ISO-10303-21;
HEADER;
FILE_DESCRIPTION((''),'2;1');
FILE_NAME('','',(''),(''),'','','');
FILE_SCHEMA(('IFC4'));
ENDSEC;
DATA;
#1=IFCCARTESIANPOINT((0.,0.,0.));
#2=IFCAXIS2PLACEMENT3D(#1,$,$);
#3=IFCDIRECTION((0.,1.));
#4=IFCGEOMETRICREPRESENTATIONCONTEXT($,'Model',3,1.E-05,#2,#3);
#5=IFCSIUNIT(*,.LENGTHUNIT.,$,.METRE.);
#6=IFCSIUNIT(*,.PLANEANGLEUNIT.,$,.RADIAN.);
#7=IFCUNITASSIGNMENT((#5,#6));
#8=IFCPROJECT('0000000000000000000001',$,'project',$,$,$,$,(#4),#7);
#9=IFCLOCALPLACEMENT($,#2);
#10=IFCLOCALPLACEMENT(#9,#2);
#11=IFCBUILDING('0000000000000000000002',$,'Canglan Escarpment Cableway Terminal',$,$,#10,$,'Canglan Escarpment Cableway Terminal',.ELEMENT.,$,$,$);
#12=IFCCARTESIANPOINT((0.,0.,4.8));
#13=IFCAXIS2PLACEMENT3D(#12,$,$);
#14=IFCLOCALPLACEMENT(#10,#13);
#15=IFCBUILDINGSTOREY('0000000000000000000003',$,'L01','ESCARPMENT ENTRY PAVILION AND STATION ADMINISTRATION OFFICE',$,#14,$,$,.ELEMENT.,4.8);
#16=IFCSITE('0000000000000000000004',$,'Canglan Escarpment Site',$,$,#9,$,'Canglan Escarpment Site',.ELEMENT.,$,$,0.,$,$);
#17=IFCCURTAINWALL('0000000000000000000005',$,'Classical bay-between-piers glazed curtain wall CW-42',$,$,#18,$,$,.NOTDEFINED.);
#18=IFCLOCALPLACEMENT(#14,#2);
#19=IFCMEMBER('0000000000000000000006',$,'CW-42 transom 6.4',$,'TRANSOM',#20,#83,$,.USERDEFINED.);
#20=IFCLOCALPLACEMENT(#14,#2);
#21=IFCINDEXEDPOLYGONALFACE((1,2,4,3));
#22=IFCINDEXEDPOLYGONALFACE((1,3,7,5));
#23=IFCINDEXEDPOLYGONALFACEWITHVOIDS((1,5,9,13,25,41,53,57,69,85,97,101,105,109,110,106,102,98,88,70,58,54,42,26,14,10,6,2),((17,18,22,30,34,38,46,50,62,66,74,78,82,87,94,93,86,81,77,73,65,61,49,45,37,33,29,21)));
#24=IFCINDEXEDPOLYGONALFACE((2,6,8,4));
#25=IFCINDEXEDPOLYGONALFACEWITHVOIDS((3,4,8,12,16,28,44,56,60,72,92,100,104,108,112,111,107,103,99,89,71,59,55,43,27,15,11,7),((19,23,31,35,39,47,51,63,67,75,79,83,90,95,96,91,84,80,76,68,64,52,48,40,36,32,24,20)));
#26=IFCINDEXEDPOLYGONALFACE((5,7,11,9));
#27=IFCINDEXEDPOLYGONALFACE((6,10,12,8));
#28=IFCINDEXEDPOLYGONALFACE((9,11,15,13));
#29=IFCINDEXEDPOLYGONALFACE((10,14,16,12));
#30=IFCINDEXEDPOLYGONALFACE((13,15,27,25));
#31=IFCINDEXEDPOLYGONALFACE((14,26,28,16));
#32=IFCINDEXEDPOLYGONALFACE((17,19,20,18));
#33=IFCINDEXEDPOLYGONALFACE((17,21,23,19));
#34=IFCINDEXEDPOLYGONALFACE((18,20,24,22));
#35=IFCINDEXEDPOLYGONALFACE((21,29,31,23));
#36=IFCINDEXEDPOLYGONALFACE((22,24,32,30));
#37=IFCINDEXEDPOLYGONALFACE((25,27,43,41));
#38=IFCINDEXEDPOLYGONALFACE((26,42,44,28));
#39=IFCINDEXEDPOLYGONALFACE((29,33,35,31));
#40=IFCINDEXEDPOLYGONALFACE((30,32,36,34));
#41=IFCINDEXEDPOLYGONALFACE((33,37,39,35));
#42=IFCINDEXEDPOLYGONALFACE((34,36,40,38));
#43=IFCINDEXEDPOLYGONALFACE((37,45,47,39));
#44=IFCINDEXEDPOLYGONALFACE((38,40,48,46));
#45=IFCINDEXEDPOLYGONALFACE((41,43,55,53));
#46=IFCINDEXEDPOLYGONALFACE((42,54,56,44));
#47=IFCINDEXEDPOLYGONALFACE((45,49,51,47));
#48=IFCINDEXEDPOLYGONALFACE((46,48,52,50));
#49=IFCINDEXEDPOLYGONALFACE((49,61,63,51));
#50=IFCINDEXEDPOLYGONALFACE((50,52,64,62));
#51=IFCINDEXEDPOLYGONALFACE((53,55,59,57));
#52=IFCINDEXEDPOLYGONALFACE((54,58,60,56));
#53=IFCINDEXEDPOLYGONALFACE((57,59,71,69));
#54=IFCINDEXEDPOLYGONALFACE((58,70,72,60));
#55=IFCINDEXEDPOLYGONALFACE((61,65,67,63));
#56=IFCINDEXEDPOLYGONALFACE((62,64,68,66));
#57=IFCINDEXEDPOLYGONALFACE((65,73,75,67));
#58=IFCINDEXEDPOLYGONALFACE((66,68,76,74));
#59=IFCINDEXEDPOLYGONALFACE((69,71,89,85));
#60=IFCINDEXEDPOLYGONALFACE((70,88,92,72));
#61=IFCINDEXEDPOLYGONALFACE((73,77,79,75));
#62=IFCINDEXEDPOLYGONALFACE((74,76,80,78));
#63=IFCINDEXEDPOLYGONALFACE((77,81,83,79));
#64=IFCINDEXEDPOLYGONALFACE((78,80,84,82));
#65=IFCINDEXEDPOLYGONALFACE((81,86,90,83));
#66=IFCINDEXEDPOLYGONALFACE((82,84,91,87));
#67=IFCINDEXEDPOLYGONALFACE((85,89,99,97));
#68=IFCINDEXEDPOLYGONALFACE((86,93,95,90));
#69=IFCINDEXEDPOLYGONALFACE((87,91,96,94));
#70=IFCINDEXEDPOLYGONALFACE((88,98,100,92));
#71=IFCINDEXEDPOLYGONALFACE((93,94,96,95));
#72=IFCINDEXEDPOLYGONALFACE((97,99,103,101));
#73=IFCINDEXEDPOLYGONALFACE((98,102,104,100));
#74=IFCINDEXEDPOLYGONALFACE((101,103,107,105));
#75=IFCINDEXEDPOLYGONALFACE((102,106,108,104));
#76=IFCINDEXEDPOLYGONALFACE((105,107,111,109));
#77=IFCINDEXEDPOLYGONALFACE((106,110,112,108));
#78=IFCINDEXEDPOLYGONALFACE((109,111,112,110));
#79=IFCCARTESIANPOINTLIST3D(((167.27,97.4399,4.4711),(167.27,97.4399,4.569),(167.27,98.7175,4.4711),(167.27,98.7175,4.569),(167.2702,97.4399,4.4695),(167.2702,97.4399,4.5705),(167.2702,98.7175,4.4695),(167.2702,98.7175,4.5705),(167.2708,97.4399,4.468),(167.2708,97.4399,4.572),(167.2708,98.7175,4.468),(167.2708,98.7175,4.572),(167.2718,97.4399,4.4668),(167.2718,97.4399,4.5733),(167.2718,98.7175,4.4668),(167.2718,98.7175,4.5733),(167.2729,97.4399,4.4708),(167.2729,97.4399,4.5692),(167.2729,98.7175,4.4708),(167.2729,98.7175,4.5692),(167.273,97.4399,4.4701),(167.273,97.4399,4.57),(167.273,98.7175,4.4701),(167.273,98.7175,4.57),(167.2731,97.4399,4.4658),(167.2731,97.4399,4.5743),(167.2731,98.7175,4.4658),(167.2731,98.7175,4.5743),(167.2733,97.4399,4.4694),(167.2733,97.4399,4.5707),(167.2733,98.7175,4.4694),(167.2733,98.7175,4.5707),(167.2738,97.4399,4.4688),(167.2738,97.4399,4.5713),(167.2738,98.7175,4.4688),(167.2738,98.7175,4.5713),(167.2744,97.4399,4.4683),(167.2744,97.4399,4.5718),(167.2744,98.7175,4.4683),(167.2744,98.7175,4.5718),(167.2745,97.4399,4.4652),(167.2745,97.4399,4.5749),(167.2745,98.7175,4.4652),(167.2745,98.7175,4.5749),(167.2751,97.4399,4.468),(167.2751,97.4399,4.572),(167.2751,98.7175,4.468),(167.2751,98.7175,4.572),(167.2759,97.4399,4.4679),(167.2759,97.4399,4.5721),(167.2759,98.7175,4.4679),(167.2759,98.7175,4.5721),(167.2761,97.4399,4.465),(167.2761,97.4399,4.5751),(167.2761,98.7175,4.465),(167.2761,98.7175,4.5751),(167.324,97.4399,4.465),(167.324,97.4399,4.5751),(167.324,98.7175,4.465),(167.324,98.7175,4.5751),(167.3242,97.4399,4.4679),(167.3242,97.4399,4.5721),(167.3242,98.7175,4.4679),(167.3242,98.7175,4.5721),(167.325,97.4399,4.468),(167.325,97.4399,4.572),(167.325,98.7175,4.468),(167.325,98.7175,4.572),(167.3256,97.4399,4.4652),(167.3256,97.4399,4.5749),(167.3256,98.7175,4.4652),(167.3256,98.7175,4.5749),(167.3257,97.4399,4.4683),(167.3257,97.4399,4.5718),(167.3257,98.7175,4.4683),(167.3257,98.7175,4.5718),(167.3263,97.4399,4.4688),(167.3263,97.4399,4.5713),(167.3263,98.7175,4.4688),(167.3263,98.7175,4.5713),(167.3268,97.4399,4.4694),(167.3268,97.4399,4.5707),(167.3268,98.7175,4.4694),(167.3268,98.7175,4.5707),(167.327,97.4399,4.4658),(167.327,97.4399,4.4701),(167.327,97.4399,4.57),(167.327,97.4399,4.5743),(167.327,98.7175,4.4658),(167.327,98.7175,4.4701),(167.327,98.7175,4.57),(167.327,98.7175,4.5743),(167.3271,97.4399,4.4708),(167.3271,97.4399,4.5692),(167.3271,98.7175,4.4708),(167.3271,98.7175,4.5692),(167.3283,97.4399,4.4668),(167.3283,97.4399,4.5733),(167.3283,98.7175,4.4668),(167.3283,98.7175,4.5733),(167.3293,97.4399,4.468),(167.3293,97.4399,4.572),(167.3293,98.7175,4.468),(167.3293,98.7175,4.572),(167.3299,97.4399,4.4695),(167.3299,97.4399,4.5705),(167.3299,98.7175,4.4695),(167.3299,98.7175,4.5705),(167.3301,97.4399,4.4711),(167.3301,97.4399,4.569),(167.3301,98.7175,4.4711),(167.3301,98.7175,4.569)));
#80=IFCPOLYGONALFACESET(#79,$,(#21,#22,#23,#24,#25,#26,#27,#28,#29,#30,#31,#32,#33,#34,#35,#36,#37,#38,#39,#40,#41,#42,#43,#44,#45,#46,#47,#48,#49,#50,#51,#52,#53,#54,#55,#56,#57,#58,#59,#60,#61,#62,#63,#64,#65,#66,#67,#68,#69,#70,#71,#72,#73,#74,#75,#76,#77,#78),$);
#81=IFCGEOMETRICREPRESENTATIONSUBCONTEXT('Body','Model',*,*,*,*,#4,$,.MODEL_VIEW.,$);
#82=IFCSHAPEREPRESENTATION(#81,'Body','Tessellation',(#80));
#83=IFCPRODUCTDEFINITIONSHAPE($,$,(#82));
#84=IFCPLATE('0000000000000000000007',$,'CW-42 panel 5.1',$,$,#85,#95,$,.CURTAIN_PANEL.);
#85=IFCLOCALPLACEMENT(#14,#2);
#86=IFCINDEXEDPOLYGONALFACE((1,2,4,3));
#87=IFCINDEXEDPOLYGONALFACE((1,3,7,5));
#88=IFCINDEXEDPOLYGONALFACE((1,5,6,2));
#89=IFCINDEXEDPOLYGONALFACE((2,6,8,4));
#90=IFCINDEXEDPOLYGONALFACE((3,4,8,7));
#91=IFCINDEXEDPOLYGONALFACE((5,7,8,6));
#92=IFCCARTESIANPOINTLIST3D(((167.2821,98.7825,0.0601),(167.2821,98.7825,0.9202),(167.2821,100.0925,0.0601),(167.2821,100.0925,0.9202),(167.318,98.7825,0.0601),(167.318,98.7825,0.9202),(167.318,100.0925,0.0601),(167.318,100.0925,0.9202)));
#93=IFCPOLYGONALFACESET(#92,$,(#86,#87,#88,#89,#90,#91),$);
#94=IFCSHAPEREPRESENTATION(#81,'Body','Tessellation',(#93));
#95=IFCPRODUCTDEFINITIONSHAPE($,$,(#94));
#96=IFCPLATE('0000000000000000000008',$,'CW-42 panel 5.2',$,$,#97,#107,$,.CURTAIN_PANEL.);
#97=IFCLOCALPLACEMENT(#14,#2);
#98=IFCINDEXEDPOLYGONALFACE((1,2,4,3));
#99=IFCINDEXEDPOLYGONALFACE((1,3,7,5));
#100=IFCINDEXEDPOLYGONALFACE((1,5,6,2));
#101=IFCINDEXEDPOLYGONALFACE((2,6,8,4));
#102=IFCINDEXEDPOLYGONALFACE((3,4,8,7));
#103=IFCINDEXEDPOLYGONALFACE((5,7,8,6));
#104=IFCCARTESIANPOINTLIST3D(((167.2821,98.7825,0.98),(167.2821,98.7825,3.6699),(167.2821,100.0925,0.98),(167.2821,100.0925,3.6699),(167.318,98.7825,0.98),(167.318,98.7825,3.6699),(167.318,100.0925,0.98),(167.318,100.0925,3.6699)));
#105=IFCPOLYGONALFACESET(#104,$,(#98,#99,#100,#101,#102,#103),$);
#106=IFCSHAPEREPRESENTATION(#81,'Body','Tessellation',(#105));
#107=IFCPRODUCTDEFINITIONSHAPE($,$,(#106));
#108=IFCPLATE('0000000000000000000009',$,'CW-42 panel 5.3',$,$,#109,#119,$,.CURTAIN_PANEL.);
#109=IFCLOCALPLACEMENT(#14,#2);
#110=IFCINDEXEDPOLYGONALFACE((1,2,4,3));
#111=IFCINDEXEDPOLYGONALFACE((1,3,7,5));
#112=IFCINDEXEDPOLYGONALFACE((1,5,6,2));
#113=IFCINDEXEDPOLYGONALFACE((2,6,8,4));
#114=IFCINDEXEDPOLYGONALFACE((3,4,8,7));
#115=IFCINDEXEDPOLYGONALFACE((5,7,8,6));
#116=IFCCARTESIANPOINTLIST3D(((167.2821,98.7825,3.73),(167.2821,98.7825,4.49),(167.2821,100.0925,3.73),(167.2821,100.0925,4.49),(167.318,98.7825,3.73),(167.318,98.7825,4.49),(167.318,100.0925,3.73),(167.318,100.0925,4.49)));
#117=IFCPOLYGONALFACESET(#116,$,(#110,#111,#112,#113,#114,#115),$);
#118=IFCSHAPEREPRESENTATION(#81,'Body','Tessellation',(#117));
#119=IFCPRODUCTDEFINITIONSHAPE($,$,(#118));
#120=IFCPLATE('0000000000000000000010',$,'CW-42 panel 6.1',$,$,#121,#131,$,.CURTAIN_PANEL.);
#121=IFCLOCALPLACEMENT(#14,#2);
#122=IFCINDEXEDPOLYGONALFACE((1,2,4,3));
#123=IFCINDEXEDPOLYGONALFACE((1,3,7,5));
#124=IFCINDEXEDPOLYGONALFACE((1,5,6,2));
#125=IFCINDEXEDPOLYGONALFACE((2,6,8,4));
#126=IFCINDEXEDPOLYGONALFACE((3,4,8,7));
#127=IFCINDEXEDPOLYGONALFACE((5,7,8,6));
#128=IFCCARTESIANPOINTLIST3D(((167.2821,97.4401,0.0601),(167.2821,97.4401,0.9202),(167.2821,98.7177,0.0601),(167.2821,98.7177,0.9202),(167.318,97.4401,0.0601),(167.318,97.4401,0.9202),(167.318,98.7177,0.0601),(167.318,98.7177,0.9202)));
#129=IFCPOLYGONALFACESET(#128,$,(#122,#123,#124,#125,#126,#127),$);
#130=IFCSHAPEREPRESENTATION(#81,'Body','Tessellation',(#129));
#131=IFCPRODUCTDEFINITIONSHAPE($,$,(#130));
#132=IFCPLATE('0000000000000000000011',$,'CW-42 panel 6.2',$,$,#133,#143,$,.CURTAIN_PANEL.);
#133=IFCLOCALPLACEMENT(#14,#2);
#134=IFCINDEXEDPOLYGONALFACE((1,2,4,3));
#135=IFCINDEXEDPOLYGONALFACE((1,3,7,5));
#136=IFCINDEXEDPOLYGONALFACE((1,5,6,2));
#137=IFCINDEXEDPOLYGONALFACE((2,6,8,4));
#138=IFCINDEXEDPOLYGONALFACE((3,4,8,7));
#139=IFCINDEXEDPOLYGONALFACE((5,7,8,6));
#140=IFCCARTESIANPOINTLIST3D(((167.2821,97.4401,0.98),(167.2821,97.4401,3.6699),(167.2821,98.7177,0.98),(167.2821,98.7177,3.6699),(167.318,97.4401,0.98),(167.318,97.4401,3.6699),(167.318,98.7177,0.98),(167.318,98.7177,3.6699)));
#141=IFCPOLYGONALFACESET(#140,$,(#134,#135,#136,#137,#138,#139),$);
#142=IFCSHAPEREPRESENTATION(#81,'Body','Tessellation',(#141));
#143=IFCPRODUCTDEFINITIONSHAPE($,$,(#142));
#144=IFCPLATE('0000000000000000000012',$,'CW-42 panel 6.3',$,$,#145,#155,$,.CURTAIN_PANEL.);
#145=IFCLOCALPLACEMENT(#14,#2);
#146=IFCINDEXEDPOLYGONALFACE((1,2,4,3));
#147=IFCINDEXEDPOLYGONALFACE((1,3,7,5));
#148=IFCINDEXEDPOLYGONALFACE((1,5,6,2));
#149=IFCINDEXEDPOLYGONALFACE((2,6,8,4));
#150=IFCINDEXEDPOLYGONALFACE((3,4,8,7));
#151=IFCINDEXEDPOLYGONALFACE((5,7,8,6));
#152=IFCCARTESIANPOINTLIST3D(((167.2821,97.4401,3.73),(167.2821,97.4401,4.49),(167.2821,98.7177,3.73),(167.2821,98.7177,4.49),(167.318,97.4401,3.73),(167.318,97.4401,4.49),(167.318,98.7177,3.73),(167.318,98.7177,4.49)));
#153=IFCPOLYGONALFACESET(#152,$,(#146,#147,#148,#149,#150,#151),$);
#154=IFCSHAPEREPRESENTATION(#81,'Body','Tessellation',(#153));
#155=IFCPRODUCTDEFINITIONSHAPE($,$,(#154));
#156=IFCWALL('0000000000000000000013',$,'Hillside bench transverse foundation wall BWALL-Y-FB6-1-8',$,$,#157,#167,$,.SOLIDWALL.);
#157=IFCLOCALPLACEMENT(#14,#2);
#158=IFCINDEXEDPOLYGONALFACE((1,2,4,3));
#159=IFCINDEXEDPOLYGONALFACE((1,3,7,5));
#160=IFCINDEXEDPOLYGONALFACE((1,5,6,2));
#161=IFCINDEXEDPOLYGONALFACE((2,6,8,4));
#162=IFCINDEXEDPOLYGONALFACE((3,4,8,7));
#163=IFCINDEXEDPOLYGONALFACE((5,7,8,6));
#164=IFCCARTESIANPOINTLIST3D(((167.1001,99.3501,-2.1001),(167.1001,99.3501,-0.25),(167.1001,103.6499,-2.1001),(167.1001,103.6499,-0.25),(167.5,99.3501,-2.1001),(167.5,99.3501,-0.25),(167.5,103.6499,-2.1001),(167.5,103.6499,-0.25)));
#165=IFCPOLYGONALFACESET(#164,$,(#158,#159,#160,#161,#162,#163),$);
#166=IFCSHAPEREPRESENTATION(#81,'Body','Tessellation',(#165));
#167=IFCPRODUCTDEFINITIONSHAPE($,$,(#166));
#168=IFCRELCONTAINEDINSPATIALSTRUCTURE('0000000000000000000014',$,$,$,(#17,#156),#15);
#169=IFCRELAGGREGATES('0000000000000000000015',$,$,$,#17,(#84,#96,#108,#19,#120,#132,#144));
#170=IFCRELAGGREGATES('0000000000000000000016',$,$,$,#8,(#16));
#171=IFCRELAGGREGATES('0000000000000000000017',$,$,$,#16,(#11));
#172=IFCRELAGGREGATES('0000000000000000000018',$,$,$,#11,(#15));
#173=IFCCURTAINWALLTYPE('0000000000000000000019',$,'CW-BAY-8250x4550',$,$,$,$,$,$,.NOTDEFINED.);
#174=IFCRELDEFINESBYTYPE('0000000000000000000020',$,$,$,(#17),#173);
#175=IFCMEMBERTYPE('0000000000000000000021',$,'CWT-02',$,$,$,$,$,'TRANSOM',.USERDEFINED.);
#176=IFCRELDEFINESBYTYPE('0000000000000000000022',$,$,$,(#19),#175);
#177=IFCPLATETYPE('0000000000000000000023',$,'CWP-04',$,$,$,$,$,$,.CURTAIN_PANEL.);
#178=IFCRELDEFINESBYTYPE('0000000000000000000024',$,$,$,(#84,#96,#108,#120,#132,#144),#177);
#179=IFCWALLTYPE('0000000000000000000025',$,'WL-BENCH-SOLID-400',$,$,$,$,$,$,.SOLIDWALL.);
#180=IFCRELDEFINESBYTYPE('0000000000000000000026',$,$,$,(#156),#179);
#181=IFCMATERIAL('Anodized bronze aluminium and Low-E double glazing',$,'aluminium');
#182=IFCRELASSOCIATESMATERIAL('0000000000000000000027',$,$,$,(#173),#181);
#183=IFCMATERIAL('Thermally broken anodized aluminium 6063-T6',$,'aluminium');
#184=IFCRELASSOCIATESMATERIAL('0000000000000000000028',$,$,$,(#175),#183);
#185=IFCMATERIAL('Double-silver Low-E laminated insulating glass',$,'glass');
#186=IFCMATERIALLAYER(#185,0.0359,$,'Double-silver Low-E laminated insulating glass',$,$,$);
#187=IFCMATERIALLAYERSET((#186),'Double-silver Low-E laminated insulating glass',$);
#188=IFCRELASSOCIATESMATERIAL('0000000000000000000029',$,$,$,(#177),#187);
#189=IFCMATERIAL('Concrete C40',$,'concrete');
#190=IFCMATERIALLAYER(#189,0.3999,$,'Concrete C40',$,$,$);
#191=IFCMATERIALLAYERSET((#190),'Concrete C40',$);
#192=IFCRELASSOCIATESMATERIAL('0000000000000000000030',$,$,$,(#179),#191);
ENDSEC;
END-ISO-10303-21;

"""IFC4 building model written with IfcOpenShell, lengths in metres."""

from ifc_helpers import new_model, si_unit, direction, frame, frame_2d, origin, origin_2d, place, context, subcontext, project, spatial, rectangle, hollow_rectangle, extrude, material, layer, layer_set, material_profile, profile_set, type_object, element, aggregate, save


model = new_model("IFC4")

# Units and contexts
model_context = context("Model", 3, precision=1e-05, world=origin(), true_north=direction((0.0, 1.0)))
body_context = subcontext(model_context, "Body", "Model", "MODEL_VIEW")
ifc_project = project(units=[si_unit("LENGTHUNIT", "METRE"), si_unit("PLANEANGLEUNIT", "RADIAN")], contexts=[model_context])

# Site, building, storey
site_placement = place(None, origin())
site = spatial("IfcSite", under=ifc_project, at=site_placement, Name="Canglan Escarpment Site", LongName="Canglan Escarpment Site", CompositionType="ELEMENT", RefElevation=0.0)
building_placement = place(site_placement, origin())
building = spatial("IfcBuilding", under=site, at=building_placement, Name="Canglan Escarpment Cableway Terminal", LongName="Canglan Escarpment Cableway Terminal", CompositionType="ELEMENT")
storey_placement = place(building_placement, frame((0.0, 0.0, 4.8)))
storey = spatial("IfcBuildingStorey", under=building, at=storey_placement, Name="L01", Description="ESCARPMENT ENTRY PAVILION AND STATION ADMINISTRATION OFFICE", CompositionType="ELEMENT", Elevation=4.8)

# Shared definitions
ifc_material_1 = material(Name="Concrete C40", Category="concrete")

# Curtain wall, member, plates
ifc_material_2 = material(Name="Anodized bronze aluminium and Low-E double glazing", Category="aluminium")
curtain_wall_type = type_object("IfcCurtainWallType", Name="CW-BAY-8250x4550", PredefinedType="NOTDEFINED", material=ifc_material_2)
curtain_wall_placement = place(storey_placement, origin())
curtain_wall = element("IfcCurtainWall", 1, at=curtain_wall_placement, inside=storey, type_object=curtain_wall_type, Name="Classical bay-between-piers glazed curtain wall CW-42", PredefinedType="NOTDEFINED")
ifc_material_3 = material(Name="Thermally broken anodized aluminium 6063-T6", Category="aluminium")
ifc_material_profile_1 = material_profile(ifc_material_3, hollow_rectangle(XDim=0.0601, YDim=0.1101, WallThickness=0.0029, InnerFilletRadius=0.0029, OuterFilletRadius=0.0061, at=origin_2d()), Name="ALU-TRAN 60x110x3")
ifc_profile_set_1 = profile_set([ifc_material_profile_1], Name="Thermally broken anodized aluminium 6063-T6")
member_type_1 = type_object("IfcMemberType", Name="CWT-02", ElementType="TRANSOM", PredefinedType="USERDEFINED", material=ifc_profile_set_1)
member_1_placement = place(storey_placement, frame((167.3, 98.7175, 4.52), z_axis=(0.0, -1.0, 0.0), x_axis=(1.0, 0.0, 0.0)))
member_1 = element("IfcMember", 2, at=member_1_placement, type_object=member_type_1, Name="CW-42 transom 6.4", ObjectType="TRANSOM", PredefinedType="USERDEFINED", context=body_context, shape_type="SweptSolid", body=[
    extrude(hollow_rectangle(XDim=0.0601, YDim=0.1101, WallThickness=0.0029, InnerFilletRadius=0.0029, OuterFilletRadius=0.0061, at=origin_2d()), origin(), (0.0, 0.0, 1.0), 1.2776),
])
ifc_material_4 = material(Name="Double-silver Low-E laminated insulating glass", Category="glass")
ifc_layer_1 = layer(ifc_material_4, 0.0359, Name="Double-silver Low-E laminated insulating glass")
ifc_layer_set_1 = layer_set([ifc_layer_1], Name="Double-silver Low-E laminated insulating glass")
plate_type = type_object("IfcPlateType", Name="CWP-04", PredefinedType="CURTAIN_PANEL", material=ifc_layer_set_1)
plate_1_placement = place(storey_placement, frame((167.3, 99.4375, 0.0601), z_axis=(0.0, 0.0, 1.0), x_axis=(0.0, -1.0, 0.0)))
plate_1 = element("IfcPlate", 3, at=plate_1_placement, type_object=plate_type, Name="CW-42 panel 5.1", PredefinedType="CURTAIN_PANEL", context=body_context, shape_type="SweptSolid", body=[
    extrude(rectangle(XDim=1.3101, YDim=0.0359, at=origin_2d()), origin(), (0.0, 0.0, 1.0), 0.8601),
])
plate_2_placement = place(storey_placement, frame((167.3, 99.4375, 0.98), z_axis=(0.0, 0.0, 1.0), x_axis=(0.0, -1.0, 0.0)))
plate_2 = element("IfcPlate", 4, at=plate_2_placement, type_object=plate_type, Name="CW-42 panel 5.2", PredefinedType="CURTAIN_PANEL", context=body_context, shape_type="SweptSolid", body=[
    extrude(rectangle(XDim=1.3101, YDim=0.0359, at=origin_2d()), origin(), (0.0, 0.0, 1.0), 2.6899),
])
plate_3_placement = place(storey_placement, frame((167.3, 99.4375, 3.73), z_axis=(0.0, 0.0, 1.0), x_axis=(0.0, -1.0, 0.0)))
plate_3 = element("IfcPlate", 5, at=plate_3_placement, type_object=plate_type, Name="CW-42 panel 5.3", PredefinedType="CURTAIN_PANEL", context=body_context, shape_type="SweptSolid", body=[
    extrude(rectangle(XDim=1.3101, YDim=0.0359, at=origin_2d()), origin(), (0.0, 0.0, 1.0), 0.76),
])
plate_4_placement = place(storey_placement, frame((167.3, 98.0789, 0.0601), z_axis=(0.0, 0.0, 1.0), x_axis=(0.0, -1.0, 0.0)))
plate_4 = element("IfcPlate", 6, at=plate_4_placement, type_object=plate_type, Name="CW-42 panel 6.1", PredefinedType="CURTAIN_PANEL", context=body_context, shape_type="SweptSolid", body=[
    extrude(rectangle(XDim=1.2776, YDim=0.0359, at=origin_2d()), origin(), (0.0, 0.0, 1.0), 0.8601),
])
plate_5_placement = place(storey_placement, frame((167.3, 98.0789, 0.98), z_axis=(0.0, 0.0, 1.0), x_axis=(0.0, -1.0, 0.0)))
plate_5 = element("IfcPlate", 7, at=plate_5_placement, type_object=plate_type, Name="CW-42 panel 6.2", PredefinedType="CURTAIN_PANEL", context=body_context, shape_type="SweptSolid", body=[
    extrude(rectangle(XDim=1.2776, YDim=0.0359, at=origin_2d()), origin(), (0.0, 0.0, 1.0), 2.6899),
])
plate_6_placement = place(storey_placement, frame((167.3, 98.0789, 3.73), z_axis=(0.0, 0.0, 1.0), x_axis=(0.0, -1.0, 0.0)))
plate_6 = element("IfcPlate", 8, at=plate_6_placement, type_object=plate_type, Name="CW-42 panel 6.3", PredefinedType="CURTAIN_PANEL", context=body_context, shape_type="SweptSolid", body=[
    extrude(rectangle(XDim=1.2776, YDim=0.0359, at=origin_2d()), origin(), (0.0, 0.0, 1.0), 0.76),
])
aggregate(curtain_wall, [plate_1, plate_2, plate_3, member_1, plate_4, plate_5, plate_6])

# Wall
ifc_layer_2 = layer(ifc_material_1, 0.3999, Name="Concrete C40")
ifc_layer_set_2 = layer_set([ifc_layer_2], Name="Concrete C40")
wall_type = type_object("IfcWallType", Name="WL-BENCH-SOLID-400", PredefinedType="SOLIDWALL", material=ifc_layer_set_2)
wall_placement = place(storey_placement, frame((167.3, 99.3501, -2.1001), z_axis=(0.0, 0.0, 1.0), x_axis=(0.0, 1.0, 0.0)))
element("IfcWall", 9, at=wall_placement, inside=storey, type_object=wall_type, Name="Hillside bench transverse foundation wall BWALL-Y-FB6-1-8", PredefinedType="SOLIDWALL", context=body_context, shape_type="SweptSolid", body=[
    extrude(rectangle(XDim=4.2998, YDim=0.3999, at=frame_2d((2.1499, 0.0))), origin(), (0.0, 0.0, 1.0), 1.8501),
])

save(model, "model.ifc")
